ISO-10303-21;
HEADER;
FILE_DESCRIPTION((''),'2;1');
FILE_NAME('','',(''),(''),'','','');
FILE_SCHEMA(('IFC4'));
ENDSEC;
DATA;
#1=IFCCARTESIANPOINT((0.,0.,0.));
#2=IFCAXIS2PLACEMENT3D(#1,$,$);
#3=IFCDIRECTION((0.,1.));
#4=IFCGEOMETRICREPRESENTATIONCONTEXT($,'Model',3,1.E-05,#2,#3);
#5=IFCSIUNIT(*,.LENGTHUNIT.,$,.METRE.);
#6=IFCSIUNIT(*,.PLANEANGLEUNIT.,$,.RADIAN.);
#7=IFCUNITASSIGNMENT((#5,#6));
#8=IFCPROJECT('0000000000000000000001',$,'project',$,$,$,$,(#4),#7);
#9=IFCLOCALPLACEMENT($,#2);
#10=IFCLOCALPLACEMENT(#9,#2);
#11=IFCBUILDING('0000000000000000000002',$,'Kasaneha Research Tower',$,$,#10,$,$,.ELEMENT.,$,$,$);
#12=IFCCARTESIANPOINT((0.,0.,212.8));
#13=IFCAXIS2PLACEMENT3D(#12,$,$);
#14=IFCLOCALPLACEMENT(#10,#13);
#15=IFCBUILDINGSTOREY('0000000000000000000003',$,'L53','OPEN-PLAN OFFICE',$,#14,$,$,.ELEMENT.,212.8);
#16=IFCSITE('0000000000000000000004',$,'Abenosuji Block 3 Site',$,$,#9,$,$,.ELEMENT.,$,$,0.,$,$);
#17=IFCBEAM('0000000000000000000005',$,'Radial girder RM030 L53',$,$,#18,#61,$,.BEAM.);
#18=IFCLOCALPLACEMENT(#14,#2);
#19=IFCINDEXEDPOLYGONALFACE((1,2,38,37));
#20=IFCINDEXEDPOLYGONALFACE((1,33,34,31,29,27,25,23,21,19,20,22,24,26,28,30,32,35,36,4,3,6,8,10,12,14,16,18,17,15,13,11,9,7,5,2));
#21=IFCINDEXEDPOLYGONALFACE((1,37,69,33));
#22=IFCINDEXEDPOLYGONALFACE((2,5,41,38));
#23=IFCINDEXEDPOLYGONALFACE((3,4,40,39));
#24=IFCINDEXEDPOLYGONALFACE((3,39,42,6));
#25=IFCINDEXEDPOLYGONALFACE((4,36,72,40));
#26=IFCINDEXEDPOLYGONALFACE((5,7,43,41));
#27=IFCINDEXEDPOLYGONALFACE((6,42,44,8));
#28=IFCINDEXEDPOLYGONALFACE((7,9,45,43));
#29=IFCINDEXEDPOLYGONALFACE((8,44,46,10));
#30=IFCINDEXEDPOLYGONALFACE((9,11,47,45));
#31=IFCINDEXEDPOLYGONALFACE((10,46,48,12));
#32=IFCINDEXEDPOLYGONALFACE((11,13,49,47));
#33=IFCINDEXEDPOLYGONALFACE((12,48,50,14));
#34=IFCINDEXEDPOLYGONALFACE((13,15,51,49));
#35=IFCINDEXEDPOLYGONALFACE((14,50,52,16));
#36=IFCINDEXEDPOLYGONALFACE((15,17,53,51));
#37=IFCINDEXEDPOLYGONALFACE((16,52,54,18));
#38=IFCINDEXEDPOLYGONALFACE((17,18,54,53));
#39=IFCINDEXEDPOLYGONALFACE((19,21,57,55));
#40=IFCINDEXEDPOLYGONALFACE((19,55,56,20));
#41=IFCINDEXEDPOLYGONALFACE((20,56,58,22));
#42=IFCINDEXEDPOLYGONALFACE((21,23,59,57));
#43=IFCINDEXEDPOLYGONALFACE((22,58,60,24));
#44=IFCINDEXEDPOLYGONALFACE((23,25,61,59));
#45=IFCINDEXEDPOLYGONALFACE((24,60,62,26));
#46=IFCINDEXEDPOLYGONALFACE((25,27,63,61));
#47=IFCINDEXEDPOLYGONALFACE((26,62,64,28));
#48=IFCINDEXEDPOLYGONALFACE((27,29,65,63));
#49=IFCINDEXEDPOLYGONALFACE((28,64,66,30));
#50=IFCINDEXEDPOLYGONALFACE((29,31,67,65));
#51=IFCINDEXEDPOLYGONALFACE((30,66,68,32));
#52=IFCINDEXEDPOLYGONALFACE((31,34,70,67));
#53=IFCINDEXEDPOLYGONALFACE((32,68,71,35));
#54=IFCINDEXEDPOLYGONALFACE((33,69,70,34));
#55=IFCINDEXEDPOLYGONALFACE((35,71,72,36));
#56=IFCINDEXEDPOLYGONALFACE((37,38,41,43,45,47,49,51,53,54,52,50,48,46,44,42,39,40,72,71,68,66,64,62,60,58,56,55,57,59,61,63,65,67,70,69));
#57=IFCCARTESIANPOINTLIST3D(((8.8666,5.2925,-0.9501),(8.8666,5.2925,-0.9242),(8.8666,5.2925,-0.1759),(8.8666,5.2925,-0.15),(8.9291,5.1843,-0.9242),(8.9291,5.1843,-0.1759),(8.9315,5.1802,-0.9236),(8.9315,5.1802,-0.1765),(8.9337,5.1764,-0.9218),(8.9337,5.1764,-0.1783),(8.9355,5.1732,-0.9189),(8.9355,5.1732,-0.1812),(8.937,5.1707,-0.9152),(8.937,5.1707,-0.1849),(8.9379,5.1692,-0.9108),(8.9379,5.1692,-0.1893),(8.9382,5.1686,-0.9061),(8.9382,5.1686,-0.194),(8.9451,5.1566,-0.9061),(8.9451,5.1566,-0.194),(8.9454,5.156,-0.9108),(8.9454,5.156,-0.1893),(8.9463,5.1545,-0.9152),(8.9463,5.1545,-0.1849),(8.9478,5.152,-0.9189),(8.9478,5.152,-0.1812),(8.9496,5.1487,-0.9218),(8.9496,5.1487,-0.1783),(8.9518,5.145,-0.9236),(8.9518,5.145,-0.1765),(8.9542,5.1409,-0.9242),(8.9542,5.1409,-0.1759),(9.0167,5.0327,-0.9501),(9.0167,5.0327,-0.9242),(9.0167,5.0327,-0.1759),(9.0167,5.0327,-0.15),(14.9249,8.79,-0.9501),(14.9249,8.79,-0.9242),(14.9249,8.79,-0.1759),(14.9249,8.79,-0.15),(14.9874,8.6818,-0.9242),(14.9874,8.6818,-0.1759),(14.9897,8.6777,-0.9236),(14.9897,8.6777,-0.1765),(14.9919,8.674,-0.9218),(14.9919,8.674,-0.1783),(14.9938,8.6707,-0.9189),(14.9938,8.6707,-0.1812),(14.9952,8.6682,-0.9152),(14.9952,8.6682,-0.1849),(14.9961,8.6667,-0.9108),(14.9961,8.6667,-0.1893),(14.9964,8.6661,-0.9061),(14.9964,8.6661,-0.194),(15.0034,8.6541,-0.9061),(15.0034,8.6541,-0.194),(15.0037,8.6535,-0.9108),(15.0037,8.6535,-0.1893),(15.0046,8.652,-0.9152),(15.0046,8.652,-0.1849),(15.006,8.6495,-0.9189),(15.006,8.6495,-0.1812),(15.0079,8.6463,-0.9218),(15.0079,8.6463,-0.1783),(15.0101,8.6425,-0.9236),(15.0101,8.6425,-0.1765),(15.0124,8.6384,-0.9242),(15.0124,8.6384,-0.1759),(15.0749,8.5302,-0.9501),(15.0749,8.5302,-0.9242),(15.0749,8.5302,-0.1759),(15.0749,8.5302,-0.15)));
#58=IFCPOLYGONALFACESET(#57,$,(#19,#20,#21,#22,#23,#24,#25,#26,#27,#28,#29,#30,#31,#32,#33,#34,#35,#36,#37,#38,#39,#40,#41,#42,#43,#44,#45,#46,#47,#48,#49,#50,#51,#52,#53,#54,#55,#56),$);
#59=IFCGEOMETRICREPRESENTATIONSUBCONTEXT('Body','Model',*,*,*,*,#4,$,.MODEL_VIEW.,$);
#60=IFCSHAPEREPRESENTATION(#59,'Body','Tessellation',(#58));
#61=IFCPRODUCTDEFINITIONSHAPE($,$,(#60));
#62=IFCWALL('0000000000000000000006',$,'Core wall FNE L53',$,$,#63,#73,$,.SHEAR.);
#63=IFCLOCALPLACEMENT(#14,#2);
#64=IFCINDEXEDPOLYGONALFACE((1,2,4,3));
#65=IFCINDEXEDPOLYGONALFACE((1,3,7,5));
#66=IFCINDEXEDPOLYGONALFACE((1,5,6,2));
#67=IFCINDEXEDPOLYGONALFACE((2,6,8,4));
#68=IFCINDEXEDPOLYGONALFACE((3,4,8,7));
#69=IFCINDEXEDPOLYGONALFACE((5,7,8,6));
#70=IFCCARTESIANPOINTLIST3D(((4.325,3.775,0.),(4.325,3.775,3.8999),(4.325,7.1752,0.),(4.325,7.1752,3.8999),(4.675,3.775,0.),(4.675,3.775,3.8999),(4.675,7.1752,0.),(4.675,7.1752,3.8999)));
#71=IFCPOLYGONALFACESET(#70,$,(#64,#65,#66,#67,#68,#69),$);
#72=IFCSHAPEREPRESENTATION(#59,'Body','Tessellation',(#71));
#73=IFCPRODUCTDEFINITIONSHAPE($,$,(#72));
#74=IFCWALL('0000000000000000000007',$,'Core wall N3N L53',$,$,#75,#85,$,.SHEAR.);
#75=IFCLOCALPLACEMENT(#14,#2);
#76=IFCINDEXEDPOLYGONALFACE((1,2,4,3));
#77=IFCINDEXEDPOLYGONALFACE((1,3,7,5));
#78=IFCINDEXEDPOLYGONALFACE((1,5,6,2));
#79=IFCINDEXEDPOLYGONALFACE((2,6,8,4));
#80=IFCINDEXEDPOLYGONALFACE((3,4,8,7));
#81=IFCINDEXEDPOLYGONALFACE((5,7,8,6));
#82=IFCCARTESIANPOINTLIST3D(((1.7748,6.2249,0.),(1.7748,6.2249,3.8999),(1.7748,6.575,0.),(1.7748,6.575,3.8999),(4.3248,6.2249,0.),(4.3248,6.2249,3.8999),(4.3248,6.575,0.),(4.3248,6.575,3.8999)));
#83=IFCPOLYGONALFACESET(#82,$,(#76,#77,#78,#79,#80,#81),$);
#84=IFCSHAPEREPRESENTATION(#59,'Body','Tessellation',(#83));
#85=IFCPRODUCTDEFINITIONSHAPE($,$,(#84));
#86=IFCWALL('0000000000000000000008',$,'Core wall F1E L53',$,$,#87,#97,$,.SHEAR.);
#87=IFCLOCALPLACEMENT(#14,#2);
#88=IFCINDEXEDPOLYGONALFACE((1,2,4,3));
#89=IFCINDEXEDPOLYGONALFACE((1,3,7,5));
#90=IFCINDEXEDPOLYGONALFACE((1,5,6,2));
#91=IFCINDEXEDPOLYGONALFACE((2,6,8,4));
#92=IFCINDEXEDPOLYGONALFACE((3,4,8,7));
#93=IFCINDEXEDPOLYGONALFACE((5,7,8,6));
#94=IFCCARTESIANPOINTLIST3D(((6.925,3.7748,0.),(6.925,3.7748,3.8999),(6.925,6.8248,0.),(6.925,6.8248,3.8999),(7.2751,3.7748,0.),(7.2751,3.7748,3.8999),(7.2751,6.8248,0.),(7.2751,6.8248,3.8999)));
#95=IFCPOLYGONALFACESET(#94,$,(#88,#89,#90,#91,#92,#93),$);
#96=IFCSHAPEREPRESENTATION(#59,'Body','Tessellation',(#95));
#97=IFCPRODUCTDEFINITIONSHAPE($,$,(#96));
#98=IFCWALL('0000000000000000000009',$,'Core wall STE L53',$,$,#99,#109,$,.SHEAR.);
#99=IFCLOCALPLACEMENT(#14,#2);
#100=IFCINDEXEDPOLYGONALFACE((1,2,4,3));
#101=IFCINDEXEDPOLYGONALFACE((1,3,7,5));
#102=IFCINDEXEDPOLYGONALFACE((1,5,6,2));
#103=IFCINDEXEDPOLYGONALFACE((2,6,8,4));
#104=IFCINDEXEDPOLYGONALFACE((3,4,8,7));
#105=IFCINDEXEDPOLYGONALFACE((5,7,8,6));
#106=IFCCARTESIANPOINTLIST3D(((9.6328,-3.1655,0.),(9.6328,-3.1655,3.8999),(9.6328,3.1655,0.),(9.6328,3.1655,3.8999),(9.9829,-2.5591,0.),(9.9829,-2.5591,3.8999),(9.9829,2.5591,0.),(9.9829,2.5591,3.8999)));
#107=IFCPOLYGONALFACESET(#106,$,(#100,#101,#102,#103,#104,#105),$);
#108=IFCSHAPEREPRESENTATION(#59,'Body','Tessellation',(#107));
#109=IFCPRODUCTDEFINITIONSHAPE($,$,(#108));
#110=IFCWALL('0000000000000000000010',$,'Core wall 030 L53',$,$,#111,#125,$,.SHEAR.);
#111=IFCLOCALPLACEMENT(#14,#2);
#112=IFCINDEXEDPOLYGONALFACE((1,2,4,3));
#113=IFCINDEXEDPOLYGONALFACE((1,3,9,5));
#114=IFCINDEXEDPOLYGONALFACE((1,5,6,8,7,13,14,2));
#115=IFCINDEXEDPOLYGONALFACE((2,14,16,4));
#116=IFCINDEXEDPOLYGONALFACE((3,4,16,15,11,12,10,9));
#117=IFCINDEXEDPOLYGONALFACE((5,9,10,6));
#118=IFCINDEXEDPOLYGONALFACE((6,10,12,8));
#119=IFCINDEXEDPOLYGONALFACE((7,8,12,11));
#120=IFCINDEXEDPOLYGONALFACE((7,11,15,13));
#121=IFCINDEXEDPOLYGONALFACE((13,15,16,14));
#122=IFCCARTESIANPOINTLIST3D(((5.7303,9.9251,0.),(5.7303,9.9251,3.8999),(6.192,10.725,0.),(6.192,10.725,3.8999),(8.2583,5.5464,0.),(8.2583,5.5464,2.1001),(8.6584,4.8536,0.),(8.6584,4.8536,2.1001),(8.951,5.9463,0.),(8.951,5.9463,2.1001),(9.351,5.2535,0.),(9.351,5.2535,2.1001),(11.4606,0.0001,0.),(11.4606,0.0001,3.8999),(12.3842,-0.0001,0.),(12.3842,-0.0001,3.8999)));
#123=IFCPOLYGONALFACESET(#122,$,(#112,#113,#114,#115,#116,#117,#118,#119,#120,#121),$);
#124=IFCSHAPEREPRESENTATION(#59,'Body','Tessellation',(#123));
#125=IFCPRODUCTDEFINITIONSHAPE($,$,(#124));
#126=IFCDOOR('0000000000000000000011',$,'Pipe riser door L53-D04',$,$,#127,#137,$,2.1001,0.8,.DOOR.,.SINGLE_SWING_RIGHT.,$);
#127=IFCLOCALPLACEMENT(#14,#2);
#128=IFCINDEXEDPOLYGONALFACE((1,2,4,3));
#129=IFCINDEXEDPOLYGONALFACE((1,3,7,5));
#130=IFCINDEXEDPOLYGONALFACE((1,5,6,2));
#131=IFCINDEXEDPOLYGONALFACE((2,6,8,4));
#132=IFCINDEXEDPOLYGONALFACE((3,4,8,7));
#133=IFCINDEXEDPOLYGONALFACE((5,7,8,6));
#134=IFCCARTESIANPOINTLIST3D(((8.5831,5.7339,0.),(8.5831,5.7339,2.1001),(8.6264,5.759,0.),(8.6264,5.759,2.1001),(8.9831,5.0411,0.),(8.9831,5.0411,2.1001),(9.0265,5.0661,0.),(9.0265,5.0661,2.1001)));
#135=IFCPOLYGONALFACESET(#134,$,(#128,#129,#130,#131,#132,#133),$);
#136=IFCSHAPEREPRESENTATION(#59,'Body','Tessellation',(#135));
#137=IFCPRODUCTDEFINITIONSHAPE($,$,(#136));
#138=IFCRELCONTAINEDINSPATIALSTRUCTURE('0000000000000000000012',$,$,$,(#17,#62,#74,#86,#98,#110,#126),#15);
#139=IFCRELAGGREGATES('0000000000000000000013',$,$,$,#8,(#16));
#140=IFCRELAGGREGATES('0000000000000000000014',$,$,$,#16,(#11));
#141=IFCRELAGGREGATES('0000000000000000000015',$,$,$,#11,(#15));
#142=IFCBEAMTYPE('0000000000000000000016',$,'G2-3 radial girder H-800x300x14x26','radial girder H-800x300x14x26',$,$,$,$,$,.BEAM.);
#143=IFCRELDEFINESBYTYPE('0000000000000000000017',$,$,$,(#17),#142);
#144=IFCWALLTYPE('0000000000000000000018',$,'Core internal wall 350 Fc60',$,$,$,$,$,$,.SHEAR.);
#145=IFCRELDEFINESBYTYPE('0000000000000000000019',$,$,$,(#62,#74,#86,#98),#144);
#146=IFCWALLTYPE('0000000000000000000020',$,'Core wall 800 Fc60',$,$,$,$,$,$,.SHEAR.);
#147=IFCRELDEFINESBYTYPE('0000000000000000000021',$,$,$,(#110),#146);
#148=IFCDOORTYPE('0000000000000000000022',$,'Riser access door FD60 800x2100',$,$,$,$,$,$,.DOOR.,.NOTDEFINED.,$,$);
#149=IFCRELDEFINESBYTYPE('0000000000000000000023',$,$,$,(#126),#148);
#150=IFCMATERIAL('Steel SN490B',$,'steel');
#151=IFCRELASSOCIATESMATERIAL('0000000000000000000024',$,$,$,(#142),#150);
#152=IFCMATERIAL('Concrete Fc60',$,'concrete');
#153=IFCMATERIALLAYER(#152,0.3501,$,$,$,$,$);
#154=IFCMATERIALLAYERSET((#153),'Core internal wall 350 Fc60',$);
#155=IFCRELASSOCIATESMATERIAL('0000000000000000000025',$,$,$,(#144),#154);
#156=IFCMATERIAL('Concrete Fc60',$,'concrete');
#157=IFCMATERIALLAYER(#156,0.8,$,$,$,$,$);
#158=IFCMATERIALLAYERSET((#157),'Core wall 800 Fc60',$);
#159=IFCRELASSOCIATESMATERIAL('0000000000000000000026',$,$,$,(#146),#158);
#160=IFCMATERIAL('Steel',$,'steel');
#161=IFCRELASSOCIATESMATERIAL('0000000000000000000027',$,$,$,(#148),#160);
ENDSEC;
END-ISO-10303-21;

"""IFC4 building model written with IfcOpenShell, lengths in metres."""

from ifc_helpers import new_model, si_unit, direction, frame, frame_2d, origin, origin_2d, place, context, subcontext, project, spatial, polyline, rectangle, i_section, outline, extrude, material, layer, layer_set, material_profile, profile_set, type_object, element, fill, save


model = new_model("IFC4")

# Units and contexts
model_context = context("Model", 3, precision=1e-05, world=origin(), true_north=direction((0.0, 1.0)))
body_context = subcontext(model_context, "Body", "Model", "MODEL_VIEW")
ifc_project = project(units=[si_unit("LENGTHUNIT", "METRE"), si_unit("PLANEANGLEUNIT", "RADIAN")], contexts=[model_context])

# Site, building, storey
site_placement = place(None, origin())
site = spatial("IfcSite", under=ifc_project, at=site_placement, Name="Abenosuji Block 3 Site", CompositionType="ELEMENT", RefElevation=0.0)
building_placement = place(site_placement, origin())
building = spatial("IfcBuilding", under=site, at=building_placement, Name="Kasaneha Research Tower", CompositionType="ELEMENT")
storey_placement = place(building_placement, frame((0.0, 0.0, 212.8)))
storey = spatial("IfcBuildingStorey", under=building, at=storey_placement, Name="L53", Description="OPEN-PLAN OFFICE", CompositionType="ELEMENT", Elevation=212.8)

# Beam
ifc_material_1 = material(Name="Steel SN490B", Category="steel")
ifc_material_profile = material_profile(ifc_material_1, i_section(OverallWidth=0.3, OverallDepth=0.8, WebThickness=0.0139, FlangeThickness=0.0259, FilletRadius=0.0181, at=origin_2d()), Name="H-800x300x14x26")
ifc_profile_set = profile_set([ifc_material_profile], Name="Steel SN490B")
beam_type = type_object("IfcBeamType", Name="G2-3 radial girder H-800x300x14x26", Description="radial girder H-800x300x14x26", PredefinedType="BEAM", material=ifc_profile_set)
beam_placement = place(storey_placement, frame((8.9417, 5.1626, -0.55), z_axis=(0.86604, 0.499975, 0.0), x_axis=(-0.499975, 0.86604, 0.0)))
element("IfcBeam", 1, at=beam_placement, inside=storey, type_object=beam_type, Name="Radial girder RM030 L53", PredefinedType="BEAM", context=body_context, shape_type="SweptSolid", body=[
    extrude(i_section(OverallWidth=0.3, OverallDepth=0.8, WebThickness=0.0139, FlangeThickness=0.0259, FilletRadius=0.0181, at=origin_2d()), origin(), (0.0, 0.0, 1.0), 6.9954),
])

# Walls
ifc_material_2 = material(Name="Concrete Fc60", Category="concrete")
ifc_layer_1 = layer(ifc_material_2, 0.3501)
ifc_layer_set_1 = layer_set([ifc_layer_1], Name="Core internal wall 350 Fc60")
wall_type_1 = type_object("IfcWallType", Name="Core internal wall 350 Fc60", PredefinedType="SHEAR", material=ifc_layer_set_1)
wall_1_placement = place(storey_placement, frame((4.5, 3.7749, 0.0), z_axis=(0.0, 0.0, 1.0), x_axis=(0.0, 1.0, 0.0)))
element("IfcWall", 2, at=wall_1_placement, inside=storey, type_object=wall_type_1, Name="Core wall FNE L53", PredefinedType="SHEAR", context=body_context, shape_type="SweptSolid", body=[
    extrude(rectangle(XDim=3.4001, YDim=0.3501, at=frame_2d((1.7002, 0.0))), origin(), (0.0, 0.0, 1.0), 3.8999),
])
wall_2_placement = place(storey_placement, frame((1.7749, 6.3999, 0.0), z_axis=(0.0, 0.0, 1.0), x_axis=(1.0, 0.0, 0.0)))
element("IfcWall", 3, at=wall_2_placement, inside=storey, type_object=wall_type_1, Name="Core wall N3N L53", PredefinedType="SHEAR", context=body_context, shape_type="SweptSolid", body=[
    extrude(rectangle(XDim=2.55, YDim=0.3501, at=frame_2d((1.2749, 0.0))), origin(), (0.0, 0.0, 1.0), 3.8999),
])
wall_3_placement = place(storey_placement, frame((7.1001, 3.7749, 0.0), z_axis=(0.0, 0.0, 1.0), x_axis=(0.0, 1.0, 0.0)))
element("IfcWall", 4, at=wall_3_placement, inside=storey, type_object=wall_type_1, Name="Core wall F1E L53", PredefinedType="SHEAR", context=body_context, shape_type="SweptSolid", body=[
    extrude(rectangle(XDim=3.05, YDim=0.3501, at=frame_2d((1.5249, 0.0))), origin(), (0.0, 0.0, 1.0), 3.8999),
])
wall_4_placement = place(storey_placement, frame((9.8079, -2.8623, 0.0), z_axis=(0.0, 0.0, 1.0), x_axis=(0.0, 1.0, 0.0)))
element("IfcWall", 5, at=wall_4_placement, inside=storey, type_object=wall_type_1, Name="Core wall STE L53", PredefinedType="SHEAR", context=body_context, shape_type="SweptSolid", body=[
    extrude(outline(polyline([(0.3032, -0.175), (5.4214, -0.175), (6.0278, 0.175), (-0.3032, 0.175), (0.3032, -0.175)])), origin(), (0.0, 0.0, 1.0), 3.8999),
])

# Wall, opening, door
ifc_material_3 = material(Name="Concrete Fc60", Category="concrete")
ifc_layer_2 = layer(ifc_material_3, 0.8)
ifc_layer_set_2 = layer_set([ifc_layer_2], Name="Core wall 800 Fc60")
wall_type_2 = type_object("IfcWallType", Name="Core wall 800 Fc60", PredefinedType="SHEAR", material=ifc_layer_set_2)
wall_5_placement = place(storey_placement, frame((11.9224, 0.0, 0.0), z_axis=(0.0, 0.0, 1.0), x_axis=(-0.500004, 0.866023, 0.0)))
wall_5 = element("IfcWall", 6, at=wall_5_placement, inside=storey, type_object=wall_type_2, Name="Core wall 030 L53", PredefinedType="SHEAR", context=body_context, shape_type="SweptSolid", body=[
    extrude(outline(polyline([(-0.231, -0.3999), (5.8354, -0.3999), (6.6355, -0.3999), (12.1533, -0.3999), (11.6914, 0.3999), (6.6355, 0.3999), (5.8354, 0.3999), (0.231, 0.3999), (-0.231, -0.3999)])), origin(), (0.0, 0.0, 1.0), 3.8999),
])
opening_1_placement = place(wall_5_placement, frame((5.8354, 0.0, 0.0)))
opening_1 = element("IfcOpeningElement", 7, at=opening_1_placement, cuts=wall_5, PredefinedType="OPENING", context=body_context, shape_type="SweptSolid", body=[
    extrude(rectangle(XDim=0.8, YDim=2.1001, at=frame_2d((0.3999, 1.05))), frame((0.0, 0.4102, 0.0), z_axis=(0.0, -1.0, 0.0), x_axis=(1.0, 0.0, 0.0)), (0.0, 0.0, 1.0), 0.8201),
])
ifc_material_4 = material(Name="Steel", Category="steel")
door_type_1 = type_object("IfcDoorType", Name="Riser access door FD60 800x2100", OperationType="NOTDEFINED", PredefinedType="DOOR", material=ifc_material_4)
door_1_placement = place(opening_1_placement, origin())
door_1 = element("IfcDoor", 8, at=door_1_placement, inside=storey, type_object=door_type_1, Name="Pipe riser door L53-D04", OperationType="SINGLE_SWING_RIGHT", OverallHeight=2.1001, OverallWidth=0.8, PredefinedType="DOOR", context=body_context, shape_type="SweptSolid", body=[
    extrude(rectangle(XDim=0.8, YDim=2.1001, at=frame_2d((0.3999, 1.05))), frame((0.0, 0.0249, 0.0), z_axis=(0.0, -1.0, 0.0), x_axis=(1.0, 0.0, 0.0)), (0.0, 0.0, 1.0), 0.05),
])
fill(opening_1, door_1)

save(model, "model.ifc")
